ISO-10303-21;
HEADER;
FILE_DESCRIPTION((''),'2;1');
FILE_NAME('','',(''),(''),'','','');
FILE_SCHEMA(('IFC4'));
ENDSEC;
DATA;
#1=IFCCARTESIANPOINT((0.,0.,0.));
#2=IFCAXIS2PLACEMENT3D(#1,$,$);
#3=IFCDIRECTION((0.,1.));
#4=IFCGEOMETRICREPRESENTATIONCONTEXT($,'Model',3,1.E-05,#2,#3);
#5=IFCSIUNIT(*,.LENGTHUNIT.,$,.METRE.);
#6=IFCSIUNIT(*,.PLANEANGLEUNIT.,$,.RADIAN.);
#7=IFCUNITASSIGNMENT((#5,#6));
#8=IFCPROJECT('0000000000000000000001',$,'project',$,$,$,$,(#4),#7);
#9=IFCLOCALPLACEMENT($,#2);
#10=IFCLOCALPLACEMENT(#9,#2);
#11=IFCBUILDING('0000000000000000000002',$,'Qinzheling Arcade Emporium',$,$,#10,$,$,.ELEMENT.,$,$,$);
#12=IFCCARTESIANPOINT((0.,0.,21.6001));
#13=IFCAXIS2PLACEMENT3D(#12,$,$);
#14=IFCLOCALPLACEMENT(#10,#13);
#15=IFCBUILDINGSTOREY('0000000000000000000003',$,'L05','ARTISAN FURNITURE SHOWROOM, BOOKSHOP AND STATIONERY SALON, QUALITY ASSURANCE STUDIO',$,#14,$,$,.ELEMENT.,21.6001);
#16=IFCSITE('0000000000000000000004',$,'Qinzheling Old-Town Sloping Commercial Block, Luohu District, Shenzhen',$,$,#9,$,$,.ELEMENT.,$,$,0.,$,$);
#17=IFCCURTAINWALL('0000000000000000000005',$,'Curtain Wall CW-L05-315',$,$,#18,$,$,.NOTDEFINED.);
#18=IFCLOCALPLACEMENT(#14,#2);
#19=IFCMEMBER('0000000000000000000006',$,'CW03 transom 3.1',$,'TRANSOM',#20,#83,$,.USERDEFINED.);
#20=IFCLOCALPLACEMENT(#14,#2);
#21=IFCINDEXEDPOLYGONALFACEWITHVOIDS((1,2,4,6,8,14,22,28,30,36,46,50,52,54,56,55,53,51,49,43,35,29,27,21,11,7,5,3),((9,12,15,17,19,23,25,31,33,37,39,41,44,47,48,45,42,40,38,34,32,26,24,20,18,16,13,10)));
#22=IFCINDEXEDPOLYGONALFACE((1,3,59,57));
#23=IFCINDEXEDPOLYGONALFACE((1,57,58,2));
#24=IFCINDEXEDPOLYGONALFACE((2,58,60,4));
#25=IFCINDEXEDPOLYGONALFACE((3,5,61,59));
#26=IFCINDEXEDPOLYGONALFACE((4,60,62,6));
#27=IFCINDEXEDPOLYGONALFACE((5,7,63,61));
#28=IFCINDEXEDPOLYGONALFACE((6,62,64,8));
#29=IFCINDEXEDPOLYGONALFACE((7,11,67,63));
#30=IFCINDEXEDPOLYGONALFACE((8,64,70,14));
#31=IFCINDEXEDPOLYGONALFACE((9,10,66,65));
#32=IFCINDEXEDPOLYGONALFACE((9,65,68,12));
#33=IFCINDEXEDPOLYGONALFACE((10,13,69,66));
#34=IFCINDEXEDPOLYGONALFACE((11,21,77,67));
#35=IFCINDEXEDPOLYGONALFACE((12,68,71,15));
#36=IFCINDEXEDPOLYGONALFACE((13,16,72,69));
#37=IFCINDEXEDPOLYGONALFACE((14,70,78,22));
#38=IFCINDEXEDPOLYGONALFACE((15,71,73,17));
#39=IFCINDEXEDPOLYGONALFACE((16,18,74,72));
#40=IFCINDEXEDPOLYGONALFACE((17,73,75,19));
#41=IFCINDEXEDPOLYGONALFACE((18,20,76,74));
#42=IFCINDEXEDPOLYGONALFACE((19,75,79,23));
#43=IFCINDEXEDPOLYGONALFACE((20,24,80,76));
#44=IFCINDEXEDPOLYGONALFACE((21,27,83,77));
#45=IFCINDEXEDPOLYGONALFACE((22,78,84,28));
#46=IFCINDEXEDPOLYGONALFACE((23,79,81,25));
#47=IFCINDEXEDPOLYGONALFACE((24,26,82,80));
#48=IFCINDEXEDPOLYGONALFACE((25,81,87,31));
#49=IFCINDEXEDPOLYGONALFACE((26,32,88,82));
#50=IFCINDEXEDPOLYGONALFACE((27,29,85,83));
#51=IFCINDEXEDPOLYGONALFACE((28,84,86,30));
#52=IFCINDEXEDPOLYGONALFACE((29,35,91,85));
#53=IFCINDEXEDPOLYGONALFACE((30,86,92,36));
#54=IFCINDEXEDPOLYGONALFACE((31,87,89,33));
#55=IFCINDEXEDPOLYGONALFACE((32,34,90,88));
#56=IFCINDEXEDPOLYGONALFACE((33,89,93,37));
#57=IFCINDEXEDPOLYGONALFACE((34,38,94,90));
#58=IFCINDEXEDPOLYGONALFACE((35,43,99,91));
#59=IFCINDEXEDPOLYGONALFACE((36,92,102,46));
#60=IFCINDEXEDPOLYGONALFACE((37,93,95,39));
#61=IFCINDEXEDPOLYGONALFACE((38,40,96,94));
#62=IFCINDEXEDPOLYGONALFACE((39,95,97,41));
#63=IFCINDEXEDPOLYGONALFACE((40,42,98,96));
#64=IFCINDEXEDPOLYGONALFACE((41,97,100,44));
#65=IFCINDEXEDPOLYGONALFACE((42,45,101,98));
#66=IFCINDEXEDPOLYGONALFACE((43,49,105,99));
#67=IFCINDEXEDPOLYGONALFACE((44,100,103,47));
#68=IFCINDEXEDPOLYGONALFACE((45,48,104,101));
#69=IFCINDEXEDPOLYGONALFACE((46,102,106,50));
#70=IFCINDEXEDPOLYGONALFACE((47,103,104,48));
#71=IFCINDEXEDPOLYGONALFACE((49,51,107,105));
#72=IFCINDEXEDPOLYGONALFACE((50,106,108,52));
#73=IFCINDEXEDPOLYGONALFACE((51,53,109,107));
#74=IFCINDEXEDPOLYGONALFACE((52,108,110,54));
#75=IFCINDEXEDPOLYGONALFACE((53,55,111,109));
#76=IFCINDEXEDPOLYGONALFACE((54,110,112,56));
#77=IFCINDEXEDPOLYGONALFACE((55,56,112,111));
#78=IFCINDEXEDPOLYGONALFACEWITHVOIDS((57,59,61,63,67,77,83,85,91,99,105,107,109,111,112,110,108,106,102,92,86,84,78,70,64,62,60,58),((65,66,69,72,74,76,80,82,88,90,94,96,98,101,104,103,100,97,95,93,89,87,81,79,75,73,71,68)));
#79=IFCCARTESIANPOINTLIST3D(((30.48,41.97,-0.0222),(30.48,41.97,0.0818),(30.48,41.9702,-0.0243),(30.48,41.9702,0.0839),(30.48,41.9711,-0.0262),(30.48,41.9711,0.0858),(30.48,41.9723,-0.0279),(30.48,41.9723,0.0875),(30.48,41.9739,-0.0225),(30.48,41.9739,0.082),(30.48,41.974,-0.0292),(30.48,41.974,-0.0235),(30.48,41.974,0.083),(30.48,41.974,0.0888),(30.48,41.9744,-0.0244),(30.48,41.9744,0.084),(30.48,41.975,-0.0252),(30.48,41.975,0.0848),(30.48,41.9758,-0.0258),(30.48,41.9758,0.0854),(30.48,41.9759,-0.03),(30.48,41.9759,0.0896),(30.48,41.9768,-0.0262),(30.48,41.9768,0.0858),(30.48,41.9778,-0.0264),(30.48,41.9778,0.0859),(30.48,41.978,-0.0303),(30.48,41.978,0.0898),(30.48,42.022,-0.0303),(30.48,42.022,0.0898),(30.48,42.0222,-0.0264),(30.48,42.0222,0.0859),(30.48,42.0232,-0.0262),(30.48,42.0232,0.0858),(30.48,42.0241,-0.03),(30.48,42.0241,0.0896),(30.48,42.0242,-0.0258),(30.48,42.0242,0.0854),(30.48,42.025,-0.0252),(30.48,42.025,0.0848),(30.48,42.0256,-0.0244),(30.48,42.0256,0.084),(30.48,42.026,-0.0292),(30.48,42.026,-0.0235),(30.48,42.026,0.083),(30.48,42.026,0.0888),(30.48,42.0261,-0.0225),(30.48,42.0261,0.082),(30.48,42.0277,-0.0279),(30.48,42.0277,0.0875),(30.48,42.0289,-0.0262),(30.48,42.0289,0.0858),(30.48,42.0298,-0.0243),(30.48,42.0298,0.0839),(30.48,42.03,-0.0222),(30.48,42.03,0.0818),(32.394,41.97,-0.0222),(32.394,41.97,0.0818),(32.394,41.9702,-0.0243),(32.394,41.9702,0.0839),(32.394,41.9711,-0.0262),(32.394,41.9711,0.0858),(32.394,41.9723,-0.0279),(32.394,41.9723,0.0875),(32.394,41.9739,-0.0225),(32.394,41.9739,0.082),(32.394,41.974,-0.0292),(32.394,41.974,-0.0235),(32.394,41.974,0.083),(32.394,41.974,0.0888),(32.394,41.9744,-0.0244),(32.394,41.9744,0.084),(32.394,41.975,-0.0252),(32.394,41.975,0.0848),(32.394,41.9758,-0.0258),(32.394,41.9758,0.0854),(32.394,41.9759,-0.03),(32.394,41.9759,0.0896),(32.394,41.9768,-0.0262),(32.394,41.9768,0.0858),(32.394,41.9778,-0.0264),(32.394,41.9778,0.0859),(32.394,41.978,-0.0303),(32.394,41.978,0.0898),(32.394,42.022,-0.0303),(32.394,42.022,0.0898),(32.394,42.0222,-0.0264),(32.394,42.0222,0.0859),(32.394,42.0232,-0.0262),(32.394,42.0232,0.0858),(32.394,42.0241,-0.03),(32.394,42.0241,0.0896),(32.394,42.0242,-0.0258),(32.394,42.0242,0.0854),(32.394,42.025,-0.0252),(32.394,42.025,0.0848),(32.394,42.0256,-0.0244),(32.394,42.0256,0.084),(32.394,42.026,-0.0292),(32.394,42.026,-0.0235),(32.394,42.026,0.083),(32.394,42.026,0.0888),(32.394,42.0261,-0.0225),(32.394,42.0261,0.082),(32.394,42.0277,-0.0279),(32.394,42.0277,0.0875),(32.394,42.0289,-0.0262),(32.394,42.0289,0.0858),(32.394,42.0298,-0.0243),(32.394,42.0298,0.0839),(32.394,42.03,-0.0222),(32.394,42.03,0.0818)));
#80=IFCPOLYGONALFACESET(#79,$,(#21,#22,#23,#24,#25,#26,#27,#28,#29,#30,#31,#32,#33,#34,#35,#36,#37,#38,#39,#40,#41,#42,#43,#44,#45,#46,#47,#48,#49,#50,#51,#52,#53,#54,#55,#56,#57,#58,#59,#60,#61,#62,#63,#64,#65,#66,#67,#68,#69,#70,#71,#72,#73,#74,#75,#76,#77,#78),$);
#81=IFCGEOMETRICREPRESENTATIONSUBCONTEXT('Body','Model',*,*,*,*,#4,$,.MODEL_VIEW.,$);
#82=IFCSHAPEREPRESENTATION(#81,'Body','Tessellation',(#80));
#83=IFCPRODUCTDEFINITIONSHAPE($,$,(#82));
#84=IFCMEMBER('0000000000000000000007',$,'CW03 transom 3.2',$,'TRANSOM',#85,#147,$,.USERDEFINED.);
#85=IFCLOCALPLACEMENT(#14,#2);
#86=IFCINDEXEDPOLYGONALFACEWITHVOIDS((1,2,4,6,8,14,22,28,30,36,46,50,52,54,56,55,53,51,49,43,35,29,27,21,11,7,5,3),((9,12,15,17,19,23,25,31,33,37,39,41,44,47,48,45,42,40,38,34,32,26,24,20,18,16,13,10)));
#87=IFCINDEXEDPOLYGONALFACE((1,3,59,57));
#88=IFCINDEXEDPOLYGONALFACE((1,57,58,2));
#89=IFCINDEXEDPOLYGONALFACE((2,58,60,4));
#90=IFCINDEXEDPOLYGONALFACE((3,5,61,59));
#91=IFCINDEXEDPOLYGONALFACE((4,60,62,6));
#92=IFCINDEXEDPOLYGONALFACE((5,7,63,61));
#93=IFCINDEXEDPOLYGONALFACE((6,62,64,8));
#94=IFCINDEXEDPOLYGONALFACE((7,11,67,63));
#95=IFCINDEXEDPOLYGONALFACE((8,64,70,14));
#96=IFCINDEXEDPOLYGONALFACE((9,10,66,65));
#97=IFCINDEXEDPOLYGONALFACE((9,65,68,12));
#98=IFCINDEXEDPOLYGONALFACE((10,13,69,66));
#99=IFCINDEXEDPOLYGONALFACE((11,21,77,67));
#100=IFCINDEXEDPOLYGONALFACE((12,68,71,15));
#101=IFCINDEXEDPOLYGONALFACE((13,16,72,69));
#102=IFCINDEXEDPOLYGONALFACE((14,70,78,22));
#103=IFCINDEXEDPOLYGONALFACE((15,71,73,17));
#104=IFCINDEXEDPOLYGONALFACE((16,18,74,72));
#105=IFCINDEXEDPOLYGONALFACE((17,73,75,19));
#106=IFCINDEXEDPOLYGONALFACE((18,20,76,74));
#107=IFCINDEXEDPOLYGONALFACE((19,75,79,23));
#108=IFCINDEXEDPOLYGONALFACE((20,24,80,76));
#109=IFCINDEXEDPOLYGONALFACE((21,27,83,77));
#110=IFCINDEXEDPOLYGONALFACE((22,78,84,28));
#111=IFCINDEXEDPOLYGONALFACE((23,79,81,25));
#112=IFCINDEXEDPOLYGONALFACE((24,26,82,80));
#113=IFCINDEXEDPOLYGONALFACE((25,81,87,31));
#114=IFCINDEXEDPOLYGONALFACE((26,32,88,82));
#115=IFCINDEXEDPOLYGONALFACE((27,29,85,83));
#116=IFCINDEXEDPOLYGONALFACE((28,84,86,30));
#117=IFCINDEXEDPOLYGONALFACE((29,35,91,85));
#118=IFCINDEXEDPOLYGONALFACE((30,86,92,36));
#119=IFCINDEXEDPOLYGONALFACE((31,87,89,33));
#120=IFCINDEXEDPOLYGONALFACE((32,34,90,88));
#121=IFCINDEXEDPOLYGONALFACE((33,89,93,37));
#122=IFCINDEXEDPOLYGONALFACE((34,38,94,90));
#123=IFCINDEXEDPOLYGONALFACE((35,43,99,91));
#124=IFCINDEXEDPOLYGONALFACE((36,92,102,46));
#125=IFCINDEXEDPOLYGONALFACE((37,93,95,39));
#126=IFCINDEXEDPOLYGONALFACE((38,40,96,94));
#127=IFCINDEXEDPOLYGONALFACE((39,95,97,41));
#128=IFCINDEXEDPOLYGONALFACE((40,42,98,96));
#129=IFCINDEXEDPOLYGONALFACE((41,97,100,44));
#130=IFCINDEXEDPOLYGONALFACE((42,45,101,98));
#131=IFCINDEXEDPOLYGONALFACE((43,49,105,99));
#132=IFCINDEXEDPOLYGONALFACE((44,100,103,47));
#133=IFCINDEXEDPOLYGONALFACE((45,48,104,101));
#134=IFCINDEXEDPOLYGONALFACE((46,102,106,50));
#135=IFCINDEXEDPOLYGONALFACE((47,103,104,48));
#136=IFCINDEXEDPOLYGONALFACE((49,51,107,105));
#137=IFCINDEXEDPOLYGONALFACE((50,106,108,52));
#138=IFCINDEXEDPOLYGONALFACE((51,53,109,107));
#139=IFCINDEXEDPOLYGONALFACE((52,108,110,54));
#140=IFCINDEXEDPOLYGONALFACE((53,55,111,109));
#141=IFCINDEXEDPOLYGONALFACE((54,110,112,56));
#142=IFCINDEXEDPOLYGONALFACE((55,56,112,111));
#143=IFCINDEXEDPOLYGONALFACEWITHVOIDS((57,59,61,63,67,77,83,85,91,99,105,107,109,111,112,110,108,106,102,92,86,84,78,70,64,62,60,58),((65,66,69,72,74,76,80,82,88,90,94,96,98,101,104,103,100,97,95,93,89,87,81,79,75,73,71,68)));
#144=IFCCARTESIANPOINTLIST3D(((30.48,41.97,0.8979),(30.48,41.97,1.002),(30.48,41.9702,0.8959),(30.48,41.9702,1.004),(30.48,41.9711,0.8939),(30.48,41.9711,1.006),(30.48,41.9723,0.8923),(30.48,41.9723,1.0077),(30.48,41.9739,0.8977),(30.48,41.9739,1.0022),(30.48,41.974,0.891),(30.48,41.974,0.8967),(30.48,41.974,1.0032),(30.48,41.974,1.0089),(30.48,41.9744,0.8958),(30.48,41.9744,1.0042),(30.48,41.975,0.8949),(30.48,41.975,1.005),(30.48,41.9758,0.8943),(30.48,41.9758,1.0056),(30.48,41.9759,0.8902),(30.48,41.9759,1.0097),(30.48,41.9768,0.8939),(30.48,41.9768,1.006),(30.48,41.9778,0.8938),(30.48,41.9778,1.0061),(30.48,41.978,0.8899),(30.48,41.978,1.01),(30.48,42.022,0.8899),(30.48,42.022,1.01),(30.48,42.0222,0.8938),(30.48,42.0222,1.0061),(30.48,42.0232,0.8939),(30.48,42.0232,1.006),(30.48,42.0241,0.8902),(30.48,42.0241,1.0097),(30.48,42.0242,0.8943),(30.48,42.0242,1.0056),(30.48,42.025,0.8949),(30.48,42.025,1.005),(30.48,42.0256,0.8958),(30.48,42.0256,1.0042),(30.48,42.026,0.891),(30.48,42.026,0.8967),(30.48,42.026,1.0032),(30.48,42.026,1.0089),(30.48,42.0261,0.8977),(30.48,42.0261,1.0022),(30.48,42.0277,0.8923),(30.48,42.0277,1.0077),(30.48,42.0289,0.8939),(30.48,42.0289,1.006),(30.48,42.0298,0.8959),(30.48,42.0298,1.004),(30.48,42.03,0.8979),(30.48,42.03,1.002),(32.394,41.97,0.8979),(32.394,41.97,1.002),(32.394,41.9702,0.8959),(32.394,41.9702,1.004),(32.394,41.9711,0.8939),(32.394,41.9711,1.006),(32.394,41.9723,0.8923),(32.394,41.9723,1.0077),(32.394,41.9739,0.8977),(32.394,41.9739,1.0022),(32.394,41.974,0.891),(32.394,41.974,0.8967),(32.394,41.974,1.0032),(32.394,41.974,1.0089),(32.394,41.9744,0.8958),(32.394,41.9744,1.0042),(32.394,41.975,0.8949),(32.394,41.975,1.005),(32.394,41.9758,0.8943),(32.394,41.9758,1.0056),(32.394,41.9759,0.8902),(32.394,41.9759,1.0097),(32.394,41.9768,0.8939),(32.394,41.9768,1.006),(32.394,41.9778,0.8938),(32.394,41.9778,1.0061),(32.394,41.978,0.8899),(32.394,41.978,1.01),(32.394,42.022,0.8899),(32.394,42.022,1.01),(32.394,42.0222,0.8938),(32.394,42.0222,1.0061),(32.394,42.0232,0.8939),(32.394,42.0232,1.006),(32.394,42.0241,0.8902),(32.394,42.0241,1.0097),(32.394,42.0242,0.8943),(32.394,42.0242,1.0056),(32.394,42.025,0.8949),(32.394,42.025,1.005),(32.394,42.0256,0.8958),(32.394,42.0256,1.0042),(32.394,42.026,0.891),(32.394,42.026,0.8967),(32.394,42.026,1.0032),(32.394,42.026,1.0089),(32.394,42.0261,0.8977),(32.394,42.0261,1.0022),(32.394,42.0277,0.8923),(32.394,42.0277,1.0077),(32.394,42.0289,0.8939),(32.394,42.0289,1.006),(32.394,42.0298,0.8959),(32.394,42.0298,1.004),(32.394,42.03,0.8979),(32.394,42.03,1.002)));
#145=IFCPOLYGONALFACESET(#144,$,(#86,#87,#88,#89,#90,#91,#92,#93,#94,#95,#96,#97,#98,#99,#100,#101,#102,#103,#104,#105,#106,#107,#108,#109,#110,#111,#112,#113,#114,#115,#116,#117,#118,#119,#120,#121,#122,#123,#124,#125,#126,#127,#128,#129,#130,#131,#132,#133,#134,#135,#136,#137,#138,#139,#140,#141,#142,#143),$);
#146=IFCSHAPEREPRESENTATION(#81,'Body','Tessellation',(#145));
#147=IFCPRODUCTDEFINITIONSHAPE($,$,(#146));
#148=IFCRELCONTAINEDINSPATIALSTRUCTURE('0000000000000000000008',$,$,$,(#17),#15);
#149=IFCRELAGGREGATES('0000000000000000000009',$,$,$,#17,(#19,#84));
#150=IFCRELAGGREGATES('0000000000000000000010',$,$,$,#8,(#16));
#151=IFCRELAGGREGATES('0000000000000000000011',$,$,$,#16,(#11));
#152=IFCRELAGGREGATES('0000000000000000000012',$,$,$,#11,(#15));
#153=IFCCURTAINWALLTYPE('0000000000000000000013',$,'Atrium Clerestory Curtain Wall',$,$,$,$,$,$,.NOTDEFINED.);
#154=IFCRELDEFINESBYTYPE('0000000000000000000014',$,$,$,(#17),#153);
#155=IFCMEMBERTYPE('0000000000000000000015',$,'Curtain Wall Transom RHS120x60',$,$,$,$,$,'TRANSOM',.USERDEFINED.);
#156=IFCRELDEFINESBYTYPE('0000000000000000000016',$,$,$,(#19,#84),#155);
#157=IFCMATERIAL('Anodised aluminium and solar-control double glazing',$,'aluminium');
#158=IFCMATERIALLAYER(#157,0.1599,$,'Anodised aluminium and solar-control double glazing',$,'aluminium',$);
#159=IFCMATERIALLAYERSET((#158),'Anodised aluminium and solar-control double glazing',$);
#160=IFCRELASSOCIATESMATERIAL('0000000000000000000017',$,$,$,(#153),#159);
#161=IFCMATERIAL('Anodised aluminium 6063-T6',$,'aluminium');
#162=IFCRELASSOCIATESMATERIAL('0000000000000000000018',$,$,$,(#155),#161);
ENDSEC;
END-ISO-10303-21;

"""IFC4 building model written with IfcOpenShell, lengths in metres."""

from ifc_helpers import new_model, si_unit, direction, frame, origin, origin_2d, place, context, subcontext, project, spatial, hollow_rectangle, extrude, material, layer, layer_set, material_profile, profile_set, type_object, element, aggregate, save


model = new_model("IFC4")

# Units and contexts
model_context = context("Model", 3, precision=1e-05, world=origin(), true_north=direction((0.0, 1.0)))
body_context = subcontext(model_context, "Body", "Model", "MODEL_VIEW")
ifc_project = project(units=[si_unit("LENGTHUNIT", "METRE"), si_unit("PLANEANGLEUNIT", "RADIAN")], contexts=[model_context])

# Site, building, storey
site_placement = place(None, origin())
site = spatial("IfcSite", under=ifc_project, at=site_placement, Name="Qinzheling Old-Town Sloping Commercial Block, Luohu District, Shenzhen", CompositionType="ELEMENT", RefElevation=0.0)
building_placement = place(site_placement, origin())
building = spatial("IfcBuilding", under=site, at=building_placement, Name="Qinzheling Arcade Emporium", CompositionType="ELEMENT")
storey_placement = place(building_placement, frame((0.0, 0.0, 21.6001)))
storey = spatial("IfcBuildingStorey", under=building, at=storey_placement, Name="L05", Description="ARTISAN FURNITURE SHOWROOM, BOOKSHOP AND STATIONERY SALON, QUALITY ASSURANCE STUDIO", CompositionType="ELEMENT", Elevation=21.6001)

# Curtain wall
ifc_material_1 = material(Name="Anodised aluminium and solar-control double glazing", Category="aluminium")
ifc_layer_1 = layer(ifc_material_1, 0.1599, Name="Anodised aluminium and solar-control double glazing", Category="aluminium")
ifc_layer_set_1 = layer_set([ifc_layer_1], Name="Anodised aluminium and solar-control double glazing")
curtain_wall_type = type_object("IfcCurtainWallType", Name="Atrium Clerestory Curtain Wall", PredefinedType="NOTDEFINED", material=ifc_layer_set_1)
curtain_wall_1_placement = place(storey_placement, origin())
curtain_wall_1 = element("IfcCurtainWall", 1, at=curtain_wall_1_placement, inside=storey, type_object=curtain_wall_type, Name="Curtain Wall CW-L05-315", PredefinedType="NOTDEFINED")
ifc_material_2 = material(Name="Anodised aluminium 6063-T6", Category="aluminium")

# Members
ifc_material_profile_1 = material_profile(ifc_material_2, hollow_rectangle(XDim=0.0601, YDim=0.1201, WallThickness=0.0039, InnerFilletRadius=0.0039, OuterFilletRadius=0.0081, at=origin_2d()), Name="RHS 120x60x4", Category="aluminium")
ifc_profile_set_1 = profile_set([ifc_material_profile_1], Name="Anodised aluminium 6063-T6")
member_type_1 = type_object("IfcMemberType", Name="Curtain Wall Transom RHS120x60", ElementType="TRANSOM", PredefinedType="USERDEFINED", material=ifc_profile_set_1)
member_1_placement = place(storey_placement, frame((30.48, 42.0, 0.0298), z_axis=(1.0, 0.0, 0.0), x_axis=(0.0, 1.0, 0.0)))
member_1 = element("IfcMember", 2, at=member_1_placement, type_object=member_type_1, Name="CW03 transom 3.1", ObjectType="TRANSOM", PredefinedType="USERDEFINED", context=body_context, shape_type="SweptSolid", body=[
    extrude(hollow_rectangle(XDim=0.0601, YDim=0.1201, WallThickness=0.0039, InnerFilletRadius=0.0039, OuterFilletRadius=0.0081, at=origin_2d()), origin(), (0.0, 0.0, 1.0), 1.9141),
])
member_2_placement = place(storey_placement, frame((30.48, 42.0, 0.95), z_axis=(1.0, 0.0, 0.0), x_axis=(0.0, 1.0, 0.0)))
member_2 = element("IfcMember", 3, at=member_2_placement, type_object=member_type_1, Name="CW03 transom 3.2", ObjectType="TRANSOM", PredefinedType="USERDEFINED", context=body_context, shape_type="SweptSolid", body=[
    extrude(hollow_rectangle(XDim=0.0601, YDim=0.1201, WallThickness=0.0039, InnerFilletRadius=0.0039, OuterFilletRadius=0.0081, at=origin_2d()), origin(), (0.0, 0.0, 1.0), 1.9141),
])

aggregate(curtain_wall_1, [member_1, member_2])

save(model, "model.ifc")
